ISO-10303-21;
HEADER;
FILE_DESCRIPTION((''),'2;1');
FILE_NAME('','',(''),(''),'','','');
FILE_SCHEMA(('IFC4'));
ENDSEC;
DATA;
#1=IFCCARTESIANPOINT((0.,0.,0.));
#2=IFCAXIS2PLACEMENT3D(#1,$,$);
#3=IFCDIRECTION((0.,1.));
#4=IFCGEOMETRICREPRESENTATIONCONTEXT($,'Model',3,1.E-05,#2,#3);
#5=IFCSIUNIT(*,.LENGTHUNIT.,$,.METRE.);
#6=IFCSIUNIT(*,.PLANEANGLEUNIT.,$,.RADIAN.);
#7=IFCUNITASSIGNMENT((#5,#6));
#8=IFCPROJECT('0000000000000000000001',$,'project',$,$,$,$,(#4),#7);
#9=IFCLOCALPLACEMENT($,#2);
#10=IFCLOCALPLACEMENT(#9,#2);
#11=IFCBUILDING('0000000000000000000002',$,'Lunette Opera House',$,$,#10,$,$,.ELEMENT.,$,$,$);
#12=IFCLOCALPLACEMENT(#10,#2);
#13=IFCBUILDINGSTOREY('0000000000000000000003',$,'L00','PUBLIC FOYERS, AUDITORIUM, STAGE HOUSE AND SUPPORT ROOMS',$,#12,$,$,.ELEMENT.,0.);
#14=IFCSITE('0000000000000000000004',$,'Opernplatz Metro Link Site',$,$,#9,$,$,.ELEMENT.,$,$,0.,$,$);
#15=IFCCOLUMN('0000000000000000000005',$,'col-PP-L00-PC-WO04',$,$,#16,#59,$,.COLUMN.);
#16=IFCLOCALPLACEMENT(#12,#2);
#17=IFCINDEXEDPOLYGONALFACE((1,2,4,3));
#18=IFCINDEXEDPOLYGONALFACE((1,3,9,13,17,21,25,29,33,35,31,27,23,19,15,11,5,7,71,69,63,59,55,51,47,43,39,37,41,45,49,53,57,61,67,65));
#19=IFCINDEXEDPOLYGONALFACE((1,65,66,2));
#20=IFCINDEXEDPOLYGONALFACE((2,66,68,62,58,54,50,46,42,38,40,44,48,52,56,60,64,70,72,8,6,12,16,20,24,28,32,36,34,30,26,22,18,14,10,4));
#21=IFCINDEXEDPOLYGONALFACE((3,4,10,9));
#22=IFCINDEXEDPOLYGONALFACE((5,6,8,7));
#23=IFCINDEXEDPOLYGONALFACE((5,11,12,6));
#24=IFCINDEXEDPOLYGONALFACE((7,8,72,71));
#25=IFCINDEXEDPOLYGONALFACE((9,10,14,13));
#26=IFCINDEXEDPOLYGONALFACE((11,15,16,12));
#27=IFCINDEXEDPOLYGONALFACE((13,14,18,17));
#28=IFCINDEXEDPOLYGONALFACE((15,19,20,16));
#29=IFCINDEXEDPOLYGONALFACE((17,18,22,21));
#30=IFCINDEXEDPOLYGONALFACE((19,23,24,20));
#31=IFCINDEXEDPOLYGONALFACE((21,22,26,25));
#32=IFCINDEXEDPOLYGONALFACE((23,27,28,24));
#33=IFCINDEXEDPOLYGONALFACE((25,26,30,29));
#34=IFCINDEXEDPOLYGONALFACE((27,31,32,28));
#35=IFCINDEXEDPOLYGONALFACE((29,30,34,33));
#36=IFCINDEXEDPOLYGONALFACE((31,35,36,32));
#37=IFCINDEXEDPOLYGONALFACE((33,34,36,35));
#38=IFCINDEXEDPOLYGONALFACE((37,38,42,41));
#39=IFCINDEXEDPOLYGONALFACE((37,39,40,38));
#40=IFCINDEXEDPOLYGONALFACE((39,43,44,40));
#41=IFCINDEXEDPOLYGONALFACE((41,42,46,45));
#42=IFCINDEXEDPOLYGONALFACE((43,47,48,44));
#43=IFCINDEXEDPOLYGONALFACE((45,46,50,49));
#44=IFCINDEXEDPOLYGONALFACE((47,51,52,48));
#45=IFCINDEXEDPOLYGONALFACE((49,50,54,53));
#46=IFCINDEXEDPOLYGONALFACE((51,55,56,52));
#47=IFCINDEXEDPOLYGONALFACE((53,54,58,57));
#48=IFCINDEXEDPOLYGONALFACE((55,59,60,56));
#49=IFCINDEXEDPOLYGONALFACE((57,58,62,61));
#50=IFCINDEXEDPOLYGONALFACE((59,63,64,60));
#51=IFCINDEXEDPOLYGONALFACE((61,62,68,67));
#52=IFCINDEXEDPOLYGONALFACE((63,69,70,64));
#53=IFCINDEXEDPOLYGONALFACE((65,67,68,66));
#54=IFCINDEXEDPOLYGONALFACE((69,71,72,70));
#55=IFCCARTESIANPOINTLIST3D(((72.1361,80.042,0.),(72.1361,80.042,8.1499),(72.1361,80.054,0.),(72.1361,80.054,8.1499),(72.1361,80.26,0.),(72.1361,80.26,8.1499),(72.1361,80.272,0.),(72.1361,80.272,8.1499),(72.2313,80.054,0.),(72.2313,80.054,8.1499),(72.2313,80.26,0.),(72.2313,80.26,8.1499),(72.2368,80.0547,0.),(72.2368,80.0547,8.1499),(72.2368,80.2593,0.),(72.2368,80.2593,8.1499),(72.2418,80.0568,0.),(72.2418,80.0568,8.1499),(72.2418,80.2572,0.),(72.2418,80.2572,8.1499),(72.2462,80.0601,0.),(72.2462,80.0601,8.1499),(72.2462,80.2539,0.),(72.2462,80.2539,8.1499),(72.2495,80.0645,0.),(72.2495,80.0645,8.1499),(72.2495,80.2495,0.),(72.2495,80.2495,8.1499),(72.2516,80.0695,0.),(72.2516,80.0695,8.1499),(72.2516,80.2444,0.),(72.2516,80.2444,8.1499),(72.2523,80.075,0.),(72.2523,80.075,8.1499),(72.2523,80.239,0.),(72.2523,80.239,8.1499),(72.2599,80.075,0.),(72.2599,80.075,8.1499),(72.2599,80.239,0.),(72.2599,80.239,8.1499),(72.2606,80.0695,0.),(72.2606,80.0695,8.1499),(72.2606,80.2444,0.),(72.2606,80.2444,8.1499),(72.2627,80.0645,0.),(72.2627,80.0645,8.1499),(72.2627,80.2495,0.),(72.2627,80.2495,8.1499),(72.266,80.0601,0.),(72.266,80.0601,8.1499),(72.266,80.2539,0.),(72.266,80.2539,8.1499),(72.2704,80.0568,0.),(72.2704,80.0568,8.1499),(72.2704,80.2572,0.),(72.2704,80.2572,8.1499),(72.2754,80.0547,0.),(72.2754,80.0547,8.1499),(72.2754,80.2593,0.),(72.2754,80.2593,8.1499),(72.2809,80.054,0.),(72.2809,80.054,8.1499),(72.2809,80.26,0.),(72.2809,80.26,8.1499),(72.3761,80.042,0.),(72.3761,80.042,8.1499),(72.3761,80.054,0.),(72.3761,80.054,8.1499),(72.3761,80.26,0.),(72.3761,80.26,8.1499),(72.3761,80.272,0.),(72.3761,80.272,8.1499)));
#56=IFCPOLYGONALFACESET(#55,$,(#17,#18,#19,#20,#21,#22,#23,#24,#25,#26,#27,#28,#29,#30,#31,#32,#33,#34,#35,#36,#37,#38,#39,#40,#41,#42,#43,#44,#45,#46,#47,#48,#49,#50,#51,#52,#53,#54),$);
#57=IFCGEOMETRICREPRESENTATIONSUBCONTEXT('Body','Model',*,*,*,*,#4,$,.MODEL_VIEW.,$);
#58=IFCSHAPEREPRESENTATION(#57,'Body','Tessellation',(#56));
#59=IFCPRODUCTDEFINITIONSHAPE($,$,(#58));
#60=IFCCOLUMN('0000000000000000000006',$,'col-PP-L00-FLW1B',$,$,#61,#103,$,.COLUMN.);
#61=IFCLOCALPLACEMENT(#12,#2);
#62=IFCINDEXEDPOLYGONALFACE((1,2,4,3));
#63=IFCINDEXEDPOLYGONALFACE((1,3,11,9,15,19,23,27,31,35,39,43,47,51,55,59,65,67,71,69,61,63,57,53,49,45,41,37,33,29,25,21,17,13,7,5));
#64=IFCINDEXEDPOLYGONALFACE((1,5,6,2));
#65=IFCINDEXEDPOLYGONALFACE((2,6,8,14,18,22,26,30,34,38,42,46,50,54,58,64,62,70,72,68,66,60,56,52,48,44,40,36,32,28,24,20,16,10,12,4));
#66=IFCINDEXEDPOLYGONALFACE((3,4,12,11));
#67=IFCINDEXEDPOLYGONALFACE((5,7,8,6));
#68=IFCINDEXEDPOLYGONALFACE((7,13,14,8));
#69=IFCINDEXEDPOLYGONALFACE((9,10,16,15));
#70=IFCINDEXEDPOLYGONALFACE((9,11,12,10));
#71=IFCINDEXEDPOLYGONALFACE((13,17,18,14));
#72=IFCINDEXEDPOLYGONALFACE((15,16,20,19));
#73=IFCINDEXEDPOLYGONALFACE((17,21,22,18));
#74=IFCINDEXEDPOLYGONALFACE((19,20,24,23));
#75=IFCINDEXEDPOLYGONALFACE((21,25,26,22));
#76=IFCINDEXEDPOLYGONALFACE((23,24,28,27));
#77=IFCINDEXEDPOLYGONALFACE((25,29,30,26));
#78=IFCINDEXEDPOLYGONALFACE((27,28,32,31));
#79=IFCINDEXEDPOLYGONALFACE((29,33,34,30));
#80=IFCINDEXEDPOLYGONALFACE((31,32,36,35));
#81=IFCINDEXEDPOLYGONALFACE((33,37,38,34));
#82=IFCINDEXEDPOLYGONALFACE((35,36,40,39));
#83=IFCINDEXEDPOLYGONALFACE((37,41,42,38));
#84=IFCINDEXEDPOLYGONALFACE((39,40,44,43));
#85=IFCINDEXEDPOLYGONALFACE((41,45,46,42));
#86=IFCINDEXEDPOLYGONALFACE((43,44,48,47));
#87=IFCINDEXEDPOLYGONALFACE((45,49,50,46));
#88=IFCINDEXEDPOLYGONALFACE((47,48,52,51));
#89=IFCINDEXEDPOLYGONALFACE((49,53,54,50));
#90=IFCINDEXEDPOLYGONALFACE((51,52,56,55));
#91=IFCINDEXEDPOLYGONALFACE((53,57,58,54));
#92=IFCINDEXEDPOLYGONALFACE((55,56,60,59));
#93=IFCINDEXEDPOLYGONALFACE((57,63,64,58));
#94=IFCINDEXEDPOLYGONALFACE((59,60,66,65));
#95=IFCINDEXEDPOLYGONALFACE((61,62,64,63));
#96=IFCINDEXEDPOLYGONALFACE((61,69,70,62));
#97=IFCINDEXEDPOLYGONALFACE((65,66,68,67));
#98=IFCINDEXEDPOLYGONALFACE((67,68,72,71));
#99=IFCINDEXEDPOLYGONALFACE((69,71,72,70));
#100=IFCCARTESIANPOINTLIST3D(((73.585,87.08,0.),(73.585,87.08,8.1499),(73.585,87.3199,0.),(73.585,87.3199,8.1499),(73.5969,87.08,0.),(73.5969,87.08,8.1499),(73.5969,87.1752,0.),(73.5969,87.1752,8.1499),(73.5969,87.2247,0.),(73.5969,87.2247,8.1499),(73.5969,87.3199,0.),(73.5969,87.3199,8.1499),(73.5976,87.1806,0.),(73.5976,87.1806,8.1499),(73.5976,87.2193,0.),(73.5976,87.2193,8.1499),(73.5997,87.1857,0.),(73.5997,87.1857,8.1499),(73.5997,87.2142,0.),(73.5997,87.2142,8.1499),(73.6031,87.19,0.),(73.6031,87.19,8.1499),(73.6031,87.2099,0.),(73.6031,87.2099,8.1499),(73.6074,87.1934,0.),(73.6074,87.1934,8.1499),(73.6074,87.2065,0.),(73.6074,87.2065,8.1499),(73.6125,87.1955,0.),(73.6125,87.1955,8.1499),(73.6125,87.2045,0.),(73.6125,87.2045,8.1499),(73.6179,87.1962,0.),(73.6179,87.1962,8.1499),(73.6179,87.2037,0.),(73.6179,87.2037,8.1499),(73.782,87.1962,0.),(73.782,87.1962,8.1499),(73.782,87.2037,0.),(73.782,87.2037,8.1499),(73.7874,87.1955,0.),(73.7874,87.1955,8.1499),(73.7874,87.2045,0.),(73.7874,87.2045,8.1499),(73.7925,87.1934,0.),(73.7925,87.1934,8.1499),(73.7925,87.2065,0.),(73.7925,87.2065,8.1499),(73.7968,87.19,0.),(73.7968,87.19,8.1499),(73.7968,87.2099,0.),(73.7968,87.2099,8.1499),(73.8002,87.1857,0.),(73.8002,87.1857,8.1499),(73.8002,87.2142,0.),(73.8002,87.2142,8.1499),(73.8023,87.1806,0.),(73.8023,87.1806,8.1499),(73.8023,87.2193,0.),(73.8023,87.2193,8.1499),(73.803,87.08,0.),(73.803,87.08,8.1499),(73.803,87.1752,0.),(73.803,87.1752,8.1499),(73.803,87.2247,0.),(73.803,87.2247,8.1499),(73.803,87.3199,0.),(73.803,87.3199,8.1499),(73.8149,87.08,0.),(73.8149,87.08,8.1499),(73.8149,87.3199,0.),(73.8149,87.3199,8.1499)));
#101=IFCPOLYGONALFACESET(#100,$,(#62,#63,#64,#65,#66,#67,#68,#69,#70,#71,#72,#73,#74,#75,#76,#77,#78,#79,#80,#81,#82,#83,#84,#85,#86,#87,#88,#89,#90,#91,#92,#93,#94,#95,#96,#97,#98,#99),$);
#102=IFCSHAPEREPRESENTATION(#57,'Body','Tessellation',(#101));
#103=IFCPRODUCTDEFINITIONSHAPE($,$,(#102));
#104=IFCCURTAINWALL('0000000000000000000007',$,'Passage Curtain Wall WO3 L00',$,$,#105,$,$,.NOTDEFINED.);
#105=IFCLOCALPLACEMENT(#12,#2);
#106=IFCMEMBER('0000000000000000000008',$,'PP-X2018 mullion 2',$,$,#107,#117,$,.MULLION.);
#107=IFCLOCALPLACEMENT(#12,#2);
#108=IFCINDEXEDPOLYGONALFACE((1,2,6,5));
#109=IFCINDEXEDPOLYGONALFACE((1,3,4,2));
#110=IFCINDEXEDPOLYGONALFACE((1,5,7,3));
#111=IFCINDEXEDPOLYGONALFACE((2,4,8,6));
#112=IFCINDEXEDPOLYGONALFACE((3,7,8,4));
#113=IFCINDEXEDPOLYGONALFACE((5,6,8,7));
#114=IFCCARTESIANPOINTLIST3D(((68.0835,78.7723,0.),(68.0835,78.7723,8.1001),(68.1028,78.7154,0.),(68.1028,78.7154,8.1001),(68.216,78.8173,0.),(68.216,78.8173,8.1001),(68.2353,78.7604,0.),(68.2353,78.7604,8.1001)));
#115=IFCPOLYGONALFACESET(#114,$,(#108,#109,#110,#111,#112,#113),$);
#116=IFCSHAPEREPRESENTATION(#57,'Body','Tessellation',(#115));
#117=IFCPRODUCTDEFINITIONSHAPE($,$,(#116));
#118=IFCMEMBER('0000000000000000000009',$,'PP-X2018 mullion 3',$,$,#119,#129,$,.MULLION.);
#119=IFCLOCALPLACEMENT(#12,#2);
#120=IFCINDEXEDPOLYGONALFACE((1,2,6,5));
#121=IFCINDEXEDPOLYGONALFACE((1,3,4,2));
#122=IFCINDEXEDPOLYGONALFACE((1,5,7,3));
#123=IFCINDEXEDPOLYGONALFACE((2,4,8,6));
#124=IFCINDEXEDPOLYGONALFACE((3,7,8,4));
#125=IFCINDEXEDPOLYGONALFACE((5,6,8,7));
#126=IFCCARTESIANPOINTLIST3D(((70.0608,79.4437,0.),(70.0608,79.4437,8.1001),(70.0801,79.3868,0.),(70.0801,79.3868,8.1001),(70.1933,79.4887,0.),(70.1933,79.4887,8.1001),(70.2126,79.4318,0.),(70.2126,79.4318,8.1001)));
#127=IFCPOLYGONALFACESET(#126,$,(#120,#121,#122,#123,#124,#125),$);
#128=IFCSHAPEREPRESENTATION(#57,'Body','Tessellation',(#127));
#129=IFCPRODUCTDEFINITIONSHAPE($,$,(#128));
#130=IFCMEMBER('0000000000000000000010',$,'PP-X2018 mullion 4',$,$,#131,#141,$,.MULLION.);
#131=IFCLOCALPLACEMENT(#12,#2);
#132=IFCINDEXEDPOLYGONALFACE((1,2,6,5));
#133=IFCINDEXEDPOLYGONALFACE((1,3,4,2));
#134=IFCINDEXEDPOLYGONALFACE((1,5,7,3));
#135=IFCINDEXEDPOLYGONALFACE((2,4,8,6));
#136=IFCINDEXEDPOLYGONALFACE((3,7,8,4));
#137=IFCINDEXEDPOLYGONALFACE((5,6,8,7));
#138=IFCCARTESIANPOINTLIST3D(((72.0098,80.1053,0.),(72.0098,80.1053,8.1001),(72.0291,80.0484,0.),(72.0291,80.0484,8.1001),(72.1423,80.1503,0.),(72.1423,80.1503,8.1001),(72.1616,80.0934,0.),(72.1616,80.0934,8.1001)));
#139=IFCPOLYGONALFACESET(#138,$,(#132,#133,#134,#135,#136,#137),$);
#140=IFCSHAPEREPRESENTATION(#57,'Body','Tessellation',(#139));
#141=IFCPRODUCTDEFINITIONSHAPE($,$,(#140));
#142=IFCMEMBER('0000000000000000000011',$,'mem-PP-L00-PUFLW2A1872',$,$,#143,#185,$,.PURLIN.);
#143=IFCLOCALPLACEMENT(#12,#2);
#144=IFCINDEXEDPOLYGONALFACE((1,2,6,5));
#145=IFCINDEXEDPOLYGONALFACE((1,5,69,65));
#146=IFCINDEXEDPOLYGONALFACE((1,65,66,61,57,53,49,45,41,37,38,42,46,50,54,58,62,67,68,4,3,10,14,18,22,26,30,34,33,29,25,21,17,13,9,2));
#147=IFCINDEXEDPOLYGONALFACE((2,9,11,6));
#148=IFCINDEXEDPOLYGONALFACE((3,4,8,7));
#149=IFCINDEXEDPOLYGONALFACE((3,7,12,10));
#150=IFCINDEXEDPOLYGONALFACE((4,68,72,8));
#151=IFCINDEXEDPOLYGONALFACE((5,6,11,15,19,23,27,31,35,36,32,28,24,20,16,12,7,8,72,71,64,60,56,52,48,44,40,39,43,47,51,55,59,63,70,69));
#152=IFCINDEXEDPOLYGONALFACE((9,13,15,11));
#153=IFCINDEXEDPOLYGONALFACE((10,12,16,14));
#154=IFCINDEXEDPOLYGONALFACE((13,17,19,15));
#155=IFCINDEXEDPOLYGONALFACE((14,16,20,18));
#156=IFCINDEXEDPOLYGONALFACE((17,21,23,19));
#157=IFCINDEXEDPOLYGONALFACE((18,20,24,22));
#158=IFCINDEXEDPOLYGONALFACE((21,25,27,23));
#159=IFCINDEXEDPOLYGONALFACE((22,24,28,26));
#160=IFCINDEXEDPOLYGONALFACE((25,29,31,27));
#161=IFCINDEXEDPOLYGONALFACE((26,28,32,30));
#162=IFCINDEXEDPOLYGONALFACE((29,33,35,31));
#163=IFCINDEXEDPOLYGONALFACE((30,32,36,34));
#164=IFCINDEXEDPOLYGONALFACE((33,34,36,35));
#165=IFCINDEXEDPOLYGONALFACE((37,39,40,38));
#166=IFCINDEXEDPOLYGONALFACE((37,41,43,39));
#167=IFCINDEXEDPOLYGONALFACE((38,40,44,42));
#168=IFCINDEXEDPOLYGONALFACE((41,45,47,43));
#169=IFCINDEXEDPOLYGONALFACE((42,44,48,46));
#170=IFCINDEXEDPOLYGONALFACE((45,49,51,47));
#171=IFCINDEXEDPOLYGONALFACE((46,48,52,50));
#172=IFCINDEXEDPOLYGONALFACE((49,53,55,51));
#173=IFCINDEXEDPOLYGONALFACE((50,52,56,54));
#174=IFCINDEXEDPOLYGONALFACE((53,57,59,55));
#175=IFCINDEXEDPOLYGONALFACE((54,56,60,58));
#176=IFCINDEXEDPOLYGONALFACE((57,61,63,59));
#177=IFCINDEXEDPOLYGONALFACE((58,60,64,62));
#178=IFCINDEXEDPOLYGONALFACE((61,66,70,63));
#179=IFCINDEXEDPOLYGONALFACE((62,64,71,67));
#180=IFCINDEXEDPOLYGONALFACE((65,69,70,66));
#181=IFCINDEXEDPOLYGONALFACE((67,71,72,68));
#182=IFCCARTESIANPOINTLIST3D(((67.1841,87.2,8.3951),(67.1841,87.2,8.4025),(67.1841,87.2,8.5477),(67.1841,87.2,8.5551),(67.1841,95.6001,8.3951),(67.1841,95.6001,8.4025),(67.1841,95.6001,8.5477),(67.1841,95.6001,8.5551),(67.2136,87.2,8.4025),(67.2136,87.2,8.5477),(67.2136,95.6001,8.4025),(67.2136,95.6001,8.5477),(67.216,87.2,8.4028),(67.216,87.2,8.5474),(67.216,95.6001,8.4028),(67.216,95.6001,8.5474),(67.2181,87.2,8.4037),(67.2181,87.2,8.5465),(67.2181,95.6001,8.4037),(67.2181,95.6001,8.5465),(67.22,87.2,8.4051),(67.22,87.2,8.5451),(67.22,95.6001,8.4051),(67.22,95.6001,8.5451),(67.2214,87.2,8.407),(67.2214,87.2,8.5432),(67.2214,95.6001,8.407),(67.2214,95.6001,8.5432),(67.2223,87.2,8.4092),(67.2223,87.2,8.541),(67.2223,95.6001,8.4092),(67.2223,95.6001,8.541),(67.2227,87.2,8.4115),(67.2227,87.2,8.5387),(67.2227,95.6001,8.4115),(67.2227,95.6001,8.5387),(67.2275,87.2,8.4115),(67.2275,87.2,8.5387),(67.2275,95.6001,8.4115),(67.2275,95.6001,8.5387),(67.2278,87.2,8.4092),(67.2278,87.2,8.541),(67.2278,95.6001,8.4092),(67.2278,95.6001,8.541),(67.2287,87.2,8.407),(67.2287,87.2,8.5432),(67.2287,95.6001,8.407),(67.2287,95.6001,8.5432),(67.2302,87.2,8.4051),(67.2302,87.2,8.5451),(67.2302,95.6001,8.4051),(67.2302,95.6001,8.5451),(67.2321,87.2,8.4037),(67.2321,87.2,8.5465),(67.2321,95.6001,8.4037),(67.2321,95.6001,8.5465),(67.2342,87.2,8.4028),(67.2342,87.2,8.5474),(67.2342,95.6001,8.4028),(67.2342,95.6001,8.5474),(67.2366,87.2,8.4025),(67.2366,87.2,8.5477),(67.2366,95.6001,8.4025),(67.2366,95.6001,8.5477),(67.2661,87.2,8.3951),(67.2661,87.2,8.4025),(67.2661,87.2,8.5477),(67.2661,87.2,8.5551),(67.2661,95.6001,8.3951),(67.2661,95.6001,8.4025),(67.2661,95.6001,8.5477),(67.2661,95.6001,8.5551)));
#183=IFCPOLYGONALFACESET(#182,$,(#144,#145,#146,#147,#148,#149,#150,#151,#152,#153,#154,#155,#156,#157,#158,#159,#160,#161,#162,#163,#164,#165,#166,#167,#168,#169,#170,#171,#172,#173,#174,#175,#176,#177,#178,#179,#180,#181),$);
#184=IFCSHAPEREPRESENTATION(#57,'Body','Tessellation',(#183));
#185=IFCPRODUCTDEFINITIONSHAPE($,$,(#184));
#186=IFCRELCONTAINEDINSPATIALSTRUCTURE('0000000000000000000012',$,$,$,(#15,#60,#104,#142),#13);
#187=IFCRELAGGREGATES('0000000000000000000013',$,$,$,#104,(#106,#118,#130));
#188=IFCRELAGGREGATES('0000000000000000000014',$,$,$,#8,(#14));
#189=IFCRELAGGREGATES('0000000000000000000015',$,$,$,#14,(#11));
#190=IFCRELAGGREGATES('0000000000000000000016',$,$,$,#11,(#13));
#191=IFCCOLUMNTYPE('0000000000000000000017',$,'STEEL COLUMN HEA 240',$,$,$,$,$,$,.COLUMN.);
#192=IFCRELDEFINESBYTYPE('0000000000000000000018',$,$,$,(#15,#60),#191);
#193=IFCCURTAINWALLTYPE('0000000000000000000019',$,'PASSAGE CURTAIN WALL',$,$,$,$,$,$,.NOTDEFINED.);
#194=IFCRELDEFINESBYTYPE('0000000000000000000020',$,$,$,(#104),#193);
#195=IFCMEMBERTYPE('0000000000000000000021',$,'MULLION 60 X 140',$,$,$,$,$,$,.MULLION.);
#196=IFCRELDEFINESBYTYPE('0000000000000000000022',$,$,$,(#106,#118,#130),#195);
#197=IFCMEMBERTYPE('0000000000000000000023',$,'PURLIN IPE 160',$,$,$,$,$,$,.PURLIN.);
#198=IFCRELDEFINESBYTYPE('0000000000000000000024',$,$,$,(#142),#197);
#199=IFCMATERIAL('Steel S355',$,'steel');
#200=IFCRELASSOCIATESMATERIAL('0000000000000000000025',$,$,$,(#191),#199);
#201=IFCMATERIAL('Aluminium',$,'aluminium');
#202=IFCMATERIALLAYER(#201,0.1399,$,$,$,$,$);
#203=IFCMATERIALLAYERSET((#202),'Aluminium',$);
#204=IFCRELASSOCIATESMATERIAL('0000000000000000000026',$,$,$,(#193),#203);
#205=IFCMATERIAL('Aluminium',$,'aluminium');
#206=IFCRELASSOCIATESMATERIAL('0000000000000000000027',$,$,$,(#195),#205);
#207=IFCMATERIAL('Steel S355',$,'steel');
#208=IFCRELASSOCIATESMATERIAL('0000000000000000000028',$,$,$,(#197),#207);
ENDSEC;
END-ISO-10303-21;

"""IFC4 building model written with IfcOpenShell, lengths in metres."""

from ifc_helpers import new_model, si_unit, direction, frame, origin, origin_2d, place, context, subcontext, project, spatial, rectangle, i_section, extrude, material, layer, layer_set, material_profile, profile_set, type_object, element, aggregate, save


model = new_model("IFC4")

# Units and contexts
model_context = context("Model", 3, precision=1e-05, world=origin(), true_north=direction((0.0, 1.0)))
body_context = subcontext(model_context, "Body", "Model", "MODEL_VIEW")
ifc_project = project(units=[si_unit("LENGTHUNIT", "METRE"), si_unit("PLANEANGLEUNIT", "RADIAN")], contexts=[model_context])

# Site, building, storey
site_placement = place(None, origin())
site = spatial("IfcSite", under=ifc_project, at=site_placement, Name="Opernplatz Metro Link Site", CompositionType="ELEMENT", RefElevation=0.0)
building_placement = place(site_placement, origin())
building = spatial("IfcBuilding", under=site, at=building_placement, Name="Lunette Opera House", CompositionType="ELEMENT")
storey_placement = place(building_placement, origin())
storey = spatial("IfcBuildingStorey", under=building, at=storey_placement, Name="L00", Description="PUBLIC FOYERS, AUDITORIUM, STAGE HOUSE AND SUPPORT ROOMS", CompositionType="ELEMENT", Elevation=0.0)

# Columns
ifc_material_1 = material(Name="Steel S355", Category="steel")
ifc_material_profile_1 = material_profile(ifc_material_1, i_section(OverallWidth=0.24, OverallDepth=0.23, WebThickness=0.0076, FlangeThickness=0.012, FilletRadius=0.021, at=origin_2d()), Name="HEA 240")
ifc_profile_set_1 = profile_set([ifc_material_profile_1], Name="Steel S355")
column_type = type_object("IfcColumnType", Name="STEEL COLUMN HEA 240", PredefinedType="COLUMN", material=ifc_profile_set_1)
for number, where, z_axis, x_axis, name in (
    (1, (72.2561, 80.157, 0.0), (0.0, 0.0, 1.0), (1.0, 0.0, 0.0), "col-PP-L00-PC-WO04"),
    (2, (73.7, 87.2, 0.0), (0.0, 0.0, 1.0), (0.0, 1.0, 0.0), "col-PP-L00-FLW1B"),
):
    element("IfcColumn", number, at=place(storey_placement, frame(where, z_axis=z_axis, x_axis=x_axis)), inside=storey, type_object=column_type, Name=name, PredefinedType="COLUMN", context=body_context, shape_type="SweptSolid", body=[
        extrude(i_section(OverallWidth=0.24, OverallDepth=0.23, WebThickness=0.0076, FlangeThickness=0.012, FilletRadius=0.021, at=origin_2d()), origin(), (0.0, 0.0, 1.0), 8.1499),
    ])

# Curtain wall, members
ifc_material_2 = material(Name="Aluminium", Category="aluminium")
ifc_layer_1 = layer(ifc_material_2, 0.1399)
ifc_layer_set_1 = layer_set([ifc_layer_1], Name="Aluminium")
curtain_wall_type = type_object("IfcCurtainWallType", Name="PASSAGE CURTAIN WALL", PredefinedType="NOTDEFINED", material=ifc_layer_set_1)
curtain_wall_placement = place(storey_placement, origin())
curtain_wall = element("IfcCurtainWall", 3, at=curtain_wall_placement, inside=storey, type_object=curtain_wall_type, Name="Passage Curtain Wall WO3 L00", PredefinedType="NOTDEFINED")
ifc_material_3 = material(Name="Aluminium", Category="aluminium")
ifc_material_profile_2 = material_profile(ifc_material_3, rectangle(XDim=0.0601, YDim=0.1399, at=origin_2d()), Name="MULLION 60 X 140")
ifc_profile_set_2 = profile_set([ifc_material_profile_2], Name="Aluminium")
member_type_1 = type_object("IfcMemberType", Name="MULLION 60 X 140", PredefinedType="MULLION", material=ifc_profile_set_2)
member_1_placement = place(storey_placement, frame((68.1594, 78.7664, 0.0), z_axis=(0.0, 0.0, 1.0), x_axis=(-0.321491, 0.946913, 0.0)))
member_1 = element("IfcMember", 4, at=member_1_placement, type_object=member_type_1, Name="PP-X2018 mullion 2", PredefinedType="MULLION", context=body_context, shape_type="SweptSolid", body=[
    extrude(rectangle(XDim=0.0601, YDim=0.1399, at=origin_2d()), origin(), (0.0, 0.0, 1.0), 8.1001),
])
member_2_placement = place(storey_placement, frame((70.1367, 79.4377, 0.0), z_axis=(0.0, 0.0, 1.0), x_axis=(-0.321491, 0.946913, 0.0)))
member_2 = element("IfcMember", 5, at=member_2_placement, type_object=member_type_1, Name="PP-X2018 mullion 3", PredefinedType="MULLION", context=body_context, shape_type="SweptSolid", body=[
    extrude(rectangle(XDim=0.0601, YDim=0.1399, at=origin_2d()), origin(), (0.0, 0.0, 1.0), 8.1001),
])
member_3_placement = place(storey_placement, frame((72.0857, 80.0994, 0.0), z_axis=(0.0, 0.0, 1.0), x_axis=(-0.321491, 0.946913, 0.0)))
member_3 = element("IfcMember", 6, at=member_3_placement, type_object=member_type_1, Name="PP-X2018 mullion 4", PredefinedType="MULLION", context=body_context, shape_type="SweptSolid", body=[
    extrude(rectangle(XDim=0.0601, YDim=0.1399, at=origin_2d()), origin(), (0.0, 0.0, 1.0), 8.1001),
])

# Member
ifc_material_4 = material(Name="Steel S355", Category="steel")
ifc_material_profile_3 = material_profile(ifc_material_4, i_section(OverallWidth=0.082, OverallDepth=0.1599, WebThickness=0.0049, FlangeThickness=0.0073, FilletRadius=0.009, at=origin_2d()), Name="IPE 160")
ifc_profile_set_3 = profile_set([ifc_material_profile_3], Name="Steel S355")
member_type_2 = type_object("IfcMemberType", Name="PURLIN IPE 160", PredefinedType="PURLIN", material=ifc_profile_set_3)
for number, where, z_axis, x_axis, name in (
    (7, (67.2251, 87.2, 8.4751), (0.0, 1.0, 0.0), (-1.0, 0.0, 0.0), "mem-PP-L00-PUFLW2A1872"),
):
    element("IfcMember", number, at=place(storey_placement, frame(where, z_axis=z_axis, x_axis=x_axis)), inside=storey, type_object=member_type_2, Name=name, PredefinedType="PURLIN", context=body_context, shape_type="SweptSolid", body=[
        extrude(i_section(OverallWidth=0.082, OverallDepth=0.1599, WebThickness=0.0049, FlangeThickness=0.0073, FilletRadius=0.009, at=origin_2d()), origin(), (0.0, 0.0, 1.0), 8.4001),
    ])

aggregate(curtain_wall, [member_1, member_2, member_3])

save(model, "model.ifc")
